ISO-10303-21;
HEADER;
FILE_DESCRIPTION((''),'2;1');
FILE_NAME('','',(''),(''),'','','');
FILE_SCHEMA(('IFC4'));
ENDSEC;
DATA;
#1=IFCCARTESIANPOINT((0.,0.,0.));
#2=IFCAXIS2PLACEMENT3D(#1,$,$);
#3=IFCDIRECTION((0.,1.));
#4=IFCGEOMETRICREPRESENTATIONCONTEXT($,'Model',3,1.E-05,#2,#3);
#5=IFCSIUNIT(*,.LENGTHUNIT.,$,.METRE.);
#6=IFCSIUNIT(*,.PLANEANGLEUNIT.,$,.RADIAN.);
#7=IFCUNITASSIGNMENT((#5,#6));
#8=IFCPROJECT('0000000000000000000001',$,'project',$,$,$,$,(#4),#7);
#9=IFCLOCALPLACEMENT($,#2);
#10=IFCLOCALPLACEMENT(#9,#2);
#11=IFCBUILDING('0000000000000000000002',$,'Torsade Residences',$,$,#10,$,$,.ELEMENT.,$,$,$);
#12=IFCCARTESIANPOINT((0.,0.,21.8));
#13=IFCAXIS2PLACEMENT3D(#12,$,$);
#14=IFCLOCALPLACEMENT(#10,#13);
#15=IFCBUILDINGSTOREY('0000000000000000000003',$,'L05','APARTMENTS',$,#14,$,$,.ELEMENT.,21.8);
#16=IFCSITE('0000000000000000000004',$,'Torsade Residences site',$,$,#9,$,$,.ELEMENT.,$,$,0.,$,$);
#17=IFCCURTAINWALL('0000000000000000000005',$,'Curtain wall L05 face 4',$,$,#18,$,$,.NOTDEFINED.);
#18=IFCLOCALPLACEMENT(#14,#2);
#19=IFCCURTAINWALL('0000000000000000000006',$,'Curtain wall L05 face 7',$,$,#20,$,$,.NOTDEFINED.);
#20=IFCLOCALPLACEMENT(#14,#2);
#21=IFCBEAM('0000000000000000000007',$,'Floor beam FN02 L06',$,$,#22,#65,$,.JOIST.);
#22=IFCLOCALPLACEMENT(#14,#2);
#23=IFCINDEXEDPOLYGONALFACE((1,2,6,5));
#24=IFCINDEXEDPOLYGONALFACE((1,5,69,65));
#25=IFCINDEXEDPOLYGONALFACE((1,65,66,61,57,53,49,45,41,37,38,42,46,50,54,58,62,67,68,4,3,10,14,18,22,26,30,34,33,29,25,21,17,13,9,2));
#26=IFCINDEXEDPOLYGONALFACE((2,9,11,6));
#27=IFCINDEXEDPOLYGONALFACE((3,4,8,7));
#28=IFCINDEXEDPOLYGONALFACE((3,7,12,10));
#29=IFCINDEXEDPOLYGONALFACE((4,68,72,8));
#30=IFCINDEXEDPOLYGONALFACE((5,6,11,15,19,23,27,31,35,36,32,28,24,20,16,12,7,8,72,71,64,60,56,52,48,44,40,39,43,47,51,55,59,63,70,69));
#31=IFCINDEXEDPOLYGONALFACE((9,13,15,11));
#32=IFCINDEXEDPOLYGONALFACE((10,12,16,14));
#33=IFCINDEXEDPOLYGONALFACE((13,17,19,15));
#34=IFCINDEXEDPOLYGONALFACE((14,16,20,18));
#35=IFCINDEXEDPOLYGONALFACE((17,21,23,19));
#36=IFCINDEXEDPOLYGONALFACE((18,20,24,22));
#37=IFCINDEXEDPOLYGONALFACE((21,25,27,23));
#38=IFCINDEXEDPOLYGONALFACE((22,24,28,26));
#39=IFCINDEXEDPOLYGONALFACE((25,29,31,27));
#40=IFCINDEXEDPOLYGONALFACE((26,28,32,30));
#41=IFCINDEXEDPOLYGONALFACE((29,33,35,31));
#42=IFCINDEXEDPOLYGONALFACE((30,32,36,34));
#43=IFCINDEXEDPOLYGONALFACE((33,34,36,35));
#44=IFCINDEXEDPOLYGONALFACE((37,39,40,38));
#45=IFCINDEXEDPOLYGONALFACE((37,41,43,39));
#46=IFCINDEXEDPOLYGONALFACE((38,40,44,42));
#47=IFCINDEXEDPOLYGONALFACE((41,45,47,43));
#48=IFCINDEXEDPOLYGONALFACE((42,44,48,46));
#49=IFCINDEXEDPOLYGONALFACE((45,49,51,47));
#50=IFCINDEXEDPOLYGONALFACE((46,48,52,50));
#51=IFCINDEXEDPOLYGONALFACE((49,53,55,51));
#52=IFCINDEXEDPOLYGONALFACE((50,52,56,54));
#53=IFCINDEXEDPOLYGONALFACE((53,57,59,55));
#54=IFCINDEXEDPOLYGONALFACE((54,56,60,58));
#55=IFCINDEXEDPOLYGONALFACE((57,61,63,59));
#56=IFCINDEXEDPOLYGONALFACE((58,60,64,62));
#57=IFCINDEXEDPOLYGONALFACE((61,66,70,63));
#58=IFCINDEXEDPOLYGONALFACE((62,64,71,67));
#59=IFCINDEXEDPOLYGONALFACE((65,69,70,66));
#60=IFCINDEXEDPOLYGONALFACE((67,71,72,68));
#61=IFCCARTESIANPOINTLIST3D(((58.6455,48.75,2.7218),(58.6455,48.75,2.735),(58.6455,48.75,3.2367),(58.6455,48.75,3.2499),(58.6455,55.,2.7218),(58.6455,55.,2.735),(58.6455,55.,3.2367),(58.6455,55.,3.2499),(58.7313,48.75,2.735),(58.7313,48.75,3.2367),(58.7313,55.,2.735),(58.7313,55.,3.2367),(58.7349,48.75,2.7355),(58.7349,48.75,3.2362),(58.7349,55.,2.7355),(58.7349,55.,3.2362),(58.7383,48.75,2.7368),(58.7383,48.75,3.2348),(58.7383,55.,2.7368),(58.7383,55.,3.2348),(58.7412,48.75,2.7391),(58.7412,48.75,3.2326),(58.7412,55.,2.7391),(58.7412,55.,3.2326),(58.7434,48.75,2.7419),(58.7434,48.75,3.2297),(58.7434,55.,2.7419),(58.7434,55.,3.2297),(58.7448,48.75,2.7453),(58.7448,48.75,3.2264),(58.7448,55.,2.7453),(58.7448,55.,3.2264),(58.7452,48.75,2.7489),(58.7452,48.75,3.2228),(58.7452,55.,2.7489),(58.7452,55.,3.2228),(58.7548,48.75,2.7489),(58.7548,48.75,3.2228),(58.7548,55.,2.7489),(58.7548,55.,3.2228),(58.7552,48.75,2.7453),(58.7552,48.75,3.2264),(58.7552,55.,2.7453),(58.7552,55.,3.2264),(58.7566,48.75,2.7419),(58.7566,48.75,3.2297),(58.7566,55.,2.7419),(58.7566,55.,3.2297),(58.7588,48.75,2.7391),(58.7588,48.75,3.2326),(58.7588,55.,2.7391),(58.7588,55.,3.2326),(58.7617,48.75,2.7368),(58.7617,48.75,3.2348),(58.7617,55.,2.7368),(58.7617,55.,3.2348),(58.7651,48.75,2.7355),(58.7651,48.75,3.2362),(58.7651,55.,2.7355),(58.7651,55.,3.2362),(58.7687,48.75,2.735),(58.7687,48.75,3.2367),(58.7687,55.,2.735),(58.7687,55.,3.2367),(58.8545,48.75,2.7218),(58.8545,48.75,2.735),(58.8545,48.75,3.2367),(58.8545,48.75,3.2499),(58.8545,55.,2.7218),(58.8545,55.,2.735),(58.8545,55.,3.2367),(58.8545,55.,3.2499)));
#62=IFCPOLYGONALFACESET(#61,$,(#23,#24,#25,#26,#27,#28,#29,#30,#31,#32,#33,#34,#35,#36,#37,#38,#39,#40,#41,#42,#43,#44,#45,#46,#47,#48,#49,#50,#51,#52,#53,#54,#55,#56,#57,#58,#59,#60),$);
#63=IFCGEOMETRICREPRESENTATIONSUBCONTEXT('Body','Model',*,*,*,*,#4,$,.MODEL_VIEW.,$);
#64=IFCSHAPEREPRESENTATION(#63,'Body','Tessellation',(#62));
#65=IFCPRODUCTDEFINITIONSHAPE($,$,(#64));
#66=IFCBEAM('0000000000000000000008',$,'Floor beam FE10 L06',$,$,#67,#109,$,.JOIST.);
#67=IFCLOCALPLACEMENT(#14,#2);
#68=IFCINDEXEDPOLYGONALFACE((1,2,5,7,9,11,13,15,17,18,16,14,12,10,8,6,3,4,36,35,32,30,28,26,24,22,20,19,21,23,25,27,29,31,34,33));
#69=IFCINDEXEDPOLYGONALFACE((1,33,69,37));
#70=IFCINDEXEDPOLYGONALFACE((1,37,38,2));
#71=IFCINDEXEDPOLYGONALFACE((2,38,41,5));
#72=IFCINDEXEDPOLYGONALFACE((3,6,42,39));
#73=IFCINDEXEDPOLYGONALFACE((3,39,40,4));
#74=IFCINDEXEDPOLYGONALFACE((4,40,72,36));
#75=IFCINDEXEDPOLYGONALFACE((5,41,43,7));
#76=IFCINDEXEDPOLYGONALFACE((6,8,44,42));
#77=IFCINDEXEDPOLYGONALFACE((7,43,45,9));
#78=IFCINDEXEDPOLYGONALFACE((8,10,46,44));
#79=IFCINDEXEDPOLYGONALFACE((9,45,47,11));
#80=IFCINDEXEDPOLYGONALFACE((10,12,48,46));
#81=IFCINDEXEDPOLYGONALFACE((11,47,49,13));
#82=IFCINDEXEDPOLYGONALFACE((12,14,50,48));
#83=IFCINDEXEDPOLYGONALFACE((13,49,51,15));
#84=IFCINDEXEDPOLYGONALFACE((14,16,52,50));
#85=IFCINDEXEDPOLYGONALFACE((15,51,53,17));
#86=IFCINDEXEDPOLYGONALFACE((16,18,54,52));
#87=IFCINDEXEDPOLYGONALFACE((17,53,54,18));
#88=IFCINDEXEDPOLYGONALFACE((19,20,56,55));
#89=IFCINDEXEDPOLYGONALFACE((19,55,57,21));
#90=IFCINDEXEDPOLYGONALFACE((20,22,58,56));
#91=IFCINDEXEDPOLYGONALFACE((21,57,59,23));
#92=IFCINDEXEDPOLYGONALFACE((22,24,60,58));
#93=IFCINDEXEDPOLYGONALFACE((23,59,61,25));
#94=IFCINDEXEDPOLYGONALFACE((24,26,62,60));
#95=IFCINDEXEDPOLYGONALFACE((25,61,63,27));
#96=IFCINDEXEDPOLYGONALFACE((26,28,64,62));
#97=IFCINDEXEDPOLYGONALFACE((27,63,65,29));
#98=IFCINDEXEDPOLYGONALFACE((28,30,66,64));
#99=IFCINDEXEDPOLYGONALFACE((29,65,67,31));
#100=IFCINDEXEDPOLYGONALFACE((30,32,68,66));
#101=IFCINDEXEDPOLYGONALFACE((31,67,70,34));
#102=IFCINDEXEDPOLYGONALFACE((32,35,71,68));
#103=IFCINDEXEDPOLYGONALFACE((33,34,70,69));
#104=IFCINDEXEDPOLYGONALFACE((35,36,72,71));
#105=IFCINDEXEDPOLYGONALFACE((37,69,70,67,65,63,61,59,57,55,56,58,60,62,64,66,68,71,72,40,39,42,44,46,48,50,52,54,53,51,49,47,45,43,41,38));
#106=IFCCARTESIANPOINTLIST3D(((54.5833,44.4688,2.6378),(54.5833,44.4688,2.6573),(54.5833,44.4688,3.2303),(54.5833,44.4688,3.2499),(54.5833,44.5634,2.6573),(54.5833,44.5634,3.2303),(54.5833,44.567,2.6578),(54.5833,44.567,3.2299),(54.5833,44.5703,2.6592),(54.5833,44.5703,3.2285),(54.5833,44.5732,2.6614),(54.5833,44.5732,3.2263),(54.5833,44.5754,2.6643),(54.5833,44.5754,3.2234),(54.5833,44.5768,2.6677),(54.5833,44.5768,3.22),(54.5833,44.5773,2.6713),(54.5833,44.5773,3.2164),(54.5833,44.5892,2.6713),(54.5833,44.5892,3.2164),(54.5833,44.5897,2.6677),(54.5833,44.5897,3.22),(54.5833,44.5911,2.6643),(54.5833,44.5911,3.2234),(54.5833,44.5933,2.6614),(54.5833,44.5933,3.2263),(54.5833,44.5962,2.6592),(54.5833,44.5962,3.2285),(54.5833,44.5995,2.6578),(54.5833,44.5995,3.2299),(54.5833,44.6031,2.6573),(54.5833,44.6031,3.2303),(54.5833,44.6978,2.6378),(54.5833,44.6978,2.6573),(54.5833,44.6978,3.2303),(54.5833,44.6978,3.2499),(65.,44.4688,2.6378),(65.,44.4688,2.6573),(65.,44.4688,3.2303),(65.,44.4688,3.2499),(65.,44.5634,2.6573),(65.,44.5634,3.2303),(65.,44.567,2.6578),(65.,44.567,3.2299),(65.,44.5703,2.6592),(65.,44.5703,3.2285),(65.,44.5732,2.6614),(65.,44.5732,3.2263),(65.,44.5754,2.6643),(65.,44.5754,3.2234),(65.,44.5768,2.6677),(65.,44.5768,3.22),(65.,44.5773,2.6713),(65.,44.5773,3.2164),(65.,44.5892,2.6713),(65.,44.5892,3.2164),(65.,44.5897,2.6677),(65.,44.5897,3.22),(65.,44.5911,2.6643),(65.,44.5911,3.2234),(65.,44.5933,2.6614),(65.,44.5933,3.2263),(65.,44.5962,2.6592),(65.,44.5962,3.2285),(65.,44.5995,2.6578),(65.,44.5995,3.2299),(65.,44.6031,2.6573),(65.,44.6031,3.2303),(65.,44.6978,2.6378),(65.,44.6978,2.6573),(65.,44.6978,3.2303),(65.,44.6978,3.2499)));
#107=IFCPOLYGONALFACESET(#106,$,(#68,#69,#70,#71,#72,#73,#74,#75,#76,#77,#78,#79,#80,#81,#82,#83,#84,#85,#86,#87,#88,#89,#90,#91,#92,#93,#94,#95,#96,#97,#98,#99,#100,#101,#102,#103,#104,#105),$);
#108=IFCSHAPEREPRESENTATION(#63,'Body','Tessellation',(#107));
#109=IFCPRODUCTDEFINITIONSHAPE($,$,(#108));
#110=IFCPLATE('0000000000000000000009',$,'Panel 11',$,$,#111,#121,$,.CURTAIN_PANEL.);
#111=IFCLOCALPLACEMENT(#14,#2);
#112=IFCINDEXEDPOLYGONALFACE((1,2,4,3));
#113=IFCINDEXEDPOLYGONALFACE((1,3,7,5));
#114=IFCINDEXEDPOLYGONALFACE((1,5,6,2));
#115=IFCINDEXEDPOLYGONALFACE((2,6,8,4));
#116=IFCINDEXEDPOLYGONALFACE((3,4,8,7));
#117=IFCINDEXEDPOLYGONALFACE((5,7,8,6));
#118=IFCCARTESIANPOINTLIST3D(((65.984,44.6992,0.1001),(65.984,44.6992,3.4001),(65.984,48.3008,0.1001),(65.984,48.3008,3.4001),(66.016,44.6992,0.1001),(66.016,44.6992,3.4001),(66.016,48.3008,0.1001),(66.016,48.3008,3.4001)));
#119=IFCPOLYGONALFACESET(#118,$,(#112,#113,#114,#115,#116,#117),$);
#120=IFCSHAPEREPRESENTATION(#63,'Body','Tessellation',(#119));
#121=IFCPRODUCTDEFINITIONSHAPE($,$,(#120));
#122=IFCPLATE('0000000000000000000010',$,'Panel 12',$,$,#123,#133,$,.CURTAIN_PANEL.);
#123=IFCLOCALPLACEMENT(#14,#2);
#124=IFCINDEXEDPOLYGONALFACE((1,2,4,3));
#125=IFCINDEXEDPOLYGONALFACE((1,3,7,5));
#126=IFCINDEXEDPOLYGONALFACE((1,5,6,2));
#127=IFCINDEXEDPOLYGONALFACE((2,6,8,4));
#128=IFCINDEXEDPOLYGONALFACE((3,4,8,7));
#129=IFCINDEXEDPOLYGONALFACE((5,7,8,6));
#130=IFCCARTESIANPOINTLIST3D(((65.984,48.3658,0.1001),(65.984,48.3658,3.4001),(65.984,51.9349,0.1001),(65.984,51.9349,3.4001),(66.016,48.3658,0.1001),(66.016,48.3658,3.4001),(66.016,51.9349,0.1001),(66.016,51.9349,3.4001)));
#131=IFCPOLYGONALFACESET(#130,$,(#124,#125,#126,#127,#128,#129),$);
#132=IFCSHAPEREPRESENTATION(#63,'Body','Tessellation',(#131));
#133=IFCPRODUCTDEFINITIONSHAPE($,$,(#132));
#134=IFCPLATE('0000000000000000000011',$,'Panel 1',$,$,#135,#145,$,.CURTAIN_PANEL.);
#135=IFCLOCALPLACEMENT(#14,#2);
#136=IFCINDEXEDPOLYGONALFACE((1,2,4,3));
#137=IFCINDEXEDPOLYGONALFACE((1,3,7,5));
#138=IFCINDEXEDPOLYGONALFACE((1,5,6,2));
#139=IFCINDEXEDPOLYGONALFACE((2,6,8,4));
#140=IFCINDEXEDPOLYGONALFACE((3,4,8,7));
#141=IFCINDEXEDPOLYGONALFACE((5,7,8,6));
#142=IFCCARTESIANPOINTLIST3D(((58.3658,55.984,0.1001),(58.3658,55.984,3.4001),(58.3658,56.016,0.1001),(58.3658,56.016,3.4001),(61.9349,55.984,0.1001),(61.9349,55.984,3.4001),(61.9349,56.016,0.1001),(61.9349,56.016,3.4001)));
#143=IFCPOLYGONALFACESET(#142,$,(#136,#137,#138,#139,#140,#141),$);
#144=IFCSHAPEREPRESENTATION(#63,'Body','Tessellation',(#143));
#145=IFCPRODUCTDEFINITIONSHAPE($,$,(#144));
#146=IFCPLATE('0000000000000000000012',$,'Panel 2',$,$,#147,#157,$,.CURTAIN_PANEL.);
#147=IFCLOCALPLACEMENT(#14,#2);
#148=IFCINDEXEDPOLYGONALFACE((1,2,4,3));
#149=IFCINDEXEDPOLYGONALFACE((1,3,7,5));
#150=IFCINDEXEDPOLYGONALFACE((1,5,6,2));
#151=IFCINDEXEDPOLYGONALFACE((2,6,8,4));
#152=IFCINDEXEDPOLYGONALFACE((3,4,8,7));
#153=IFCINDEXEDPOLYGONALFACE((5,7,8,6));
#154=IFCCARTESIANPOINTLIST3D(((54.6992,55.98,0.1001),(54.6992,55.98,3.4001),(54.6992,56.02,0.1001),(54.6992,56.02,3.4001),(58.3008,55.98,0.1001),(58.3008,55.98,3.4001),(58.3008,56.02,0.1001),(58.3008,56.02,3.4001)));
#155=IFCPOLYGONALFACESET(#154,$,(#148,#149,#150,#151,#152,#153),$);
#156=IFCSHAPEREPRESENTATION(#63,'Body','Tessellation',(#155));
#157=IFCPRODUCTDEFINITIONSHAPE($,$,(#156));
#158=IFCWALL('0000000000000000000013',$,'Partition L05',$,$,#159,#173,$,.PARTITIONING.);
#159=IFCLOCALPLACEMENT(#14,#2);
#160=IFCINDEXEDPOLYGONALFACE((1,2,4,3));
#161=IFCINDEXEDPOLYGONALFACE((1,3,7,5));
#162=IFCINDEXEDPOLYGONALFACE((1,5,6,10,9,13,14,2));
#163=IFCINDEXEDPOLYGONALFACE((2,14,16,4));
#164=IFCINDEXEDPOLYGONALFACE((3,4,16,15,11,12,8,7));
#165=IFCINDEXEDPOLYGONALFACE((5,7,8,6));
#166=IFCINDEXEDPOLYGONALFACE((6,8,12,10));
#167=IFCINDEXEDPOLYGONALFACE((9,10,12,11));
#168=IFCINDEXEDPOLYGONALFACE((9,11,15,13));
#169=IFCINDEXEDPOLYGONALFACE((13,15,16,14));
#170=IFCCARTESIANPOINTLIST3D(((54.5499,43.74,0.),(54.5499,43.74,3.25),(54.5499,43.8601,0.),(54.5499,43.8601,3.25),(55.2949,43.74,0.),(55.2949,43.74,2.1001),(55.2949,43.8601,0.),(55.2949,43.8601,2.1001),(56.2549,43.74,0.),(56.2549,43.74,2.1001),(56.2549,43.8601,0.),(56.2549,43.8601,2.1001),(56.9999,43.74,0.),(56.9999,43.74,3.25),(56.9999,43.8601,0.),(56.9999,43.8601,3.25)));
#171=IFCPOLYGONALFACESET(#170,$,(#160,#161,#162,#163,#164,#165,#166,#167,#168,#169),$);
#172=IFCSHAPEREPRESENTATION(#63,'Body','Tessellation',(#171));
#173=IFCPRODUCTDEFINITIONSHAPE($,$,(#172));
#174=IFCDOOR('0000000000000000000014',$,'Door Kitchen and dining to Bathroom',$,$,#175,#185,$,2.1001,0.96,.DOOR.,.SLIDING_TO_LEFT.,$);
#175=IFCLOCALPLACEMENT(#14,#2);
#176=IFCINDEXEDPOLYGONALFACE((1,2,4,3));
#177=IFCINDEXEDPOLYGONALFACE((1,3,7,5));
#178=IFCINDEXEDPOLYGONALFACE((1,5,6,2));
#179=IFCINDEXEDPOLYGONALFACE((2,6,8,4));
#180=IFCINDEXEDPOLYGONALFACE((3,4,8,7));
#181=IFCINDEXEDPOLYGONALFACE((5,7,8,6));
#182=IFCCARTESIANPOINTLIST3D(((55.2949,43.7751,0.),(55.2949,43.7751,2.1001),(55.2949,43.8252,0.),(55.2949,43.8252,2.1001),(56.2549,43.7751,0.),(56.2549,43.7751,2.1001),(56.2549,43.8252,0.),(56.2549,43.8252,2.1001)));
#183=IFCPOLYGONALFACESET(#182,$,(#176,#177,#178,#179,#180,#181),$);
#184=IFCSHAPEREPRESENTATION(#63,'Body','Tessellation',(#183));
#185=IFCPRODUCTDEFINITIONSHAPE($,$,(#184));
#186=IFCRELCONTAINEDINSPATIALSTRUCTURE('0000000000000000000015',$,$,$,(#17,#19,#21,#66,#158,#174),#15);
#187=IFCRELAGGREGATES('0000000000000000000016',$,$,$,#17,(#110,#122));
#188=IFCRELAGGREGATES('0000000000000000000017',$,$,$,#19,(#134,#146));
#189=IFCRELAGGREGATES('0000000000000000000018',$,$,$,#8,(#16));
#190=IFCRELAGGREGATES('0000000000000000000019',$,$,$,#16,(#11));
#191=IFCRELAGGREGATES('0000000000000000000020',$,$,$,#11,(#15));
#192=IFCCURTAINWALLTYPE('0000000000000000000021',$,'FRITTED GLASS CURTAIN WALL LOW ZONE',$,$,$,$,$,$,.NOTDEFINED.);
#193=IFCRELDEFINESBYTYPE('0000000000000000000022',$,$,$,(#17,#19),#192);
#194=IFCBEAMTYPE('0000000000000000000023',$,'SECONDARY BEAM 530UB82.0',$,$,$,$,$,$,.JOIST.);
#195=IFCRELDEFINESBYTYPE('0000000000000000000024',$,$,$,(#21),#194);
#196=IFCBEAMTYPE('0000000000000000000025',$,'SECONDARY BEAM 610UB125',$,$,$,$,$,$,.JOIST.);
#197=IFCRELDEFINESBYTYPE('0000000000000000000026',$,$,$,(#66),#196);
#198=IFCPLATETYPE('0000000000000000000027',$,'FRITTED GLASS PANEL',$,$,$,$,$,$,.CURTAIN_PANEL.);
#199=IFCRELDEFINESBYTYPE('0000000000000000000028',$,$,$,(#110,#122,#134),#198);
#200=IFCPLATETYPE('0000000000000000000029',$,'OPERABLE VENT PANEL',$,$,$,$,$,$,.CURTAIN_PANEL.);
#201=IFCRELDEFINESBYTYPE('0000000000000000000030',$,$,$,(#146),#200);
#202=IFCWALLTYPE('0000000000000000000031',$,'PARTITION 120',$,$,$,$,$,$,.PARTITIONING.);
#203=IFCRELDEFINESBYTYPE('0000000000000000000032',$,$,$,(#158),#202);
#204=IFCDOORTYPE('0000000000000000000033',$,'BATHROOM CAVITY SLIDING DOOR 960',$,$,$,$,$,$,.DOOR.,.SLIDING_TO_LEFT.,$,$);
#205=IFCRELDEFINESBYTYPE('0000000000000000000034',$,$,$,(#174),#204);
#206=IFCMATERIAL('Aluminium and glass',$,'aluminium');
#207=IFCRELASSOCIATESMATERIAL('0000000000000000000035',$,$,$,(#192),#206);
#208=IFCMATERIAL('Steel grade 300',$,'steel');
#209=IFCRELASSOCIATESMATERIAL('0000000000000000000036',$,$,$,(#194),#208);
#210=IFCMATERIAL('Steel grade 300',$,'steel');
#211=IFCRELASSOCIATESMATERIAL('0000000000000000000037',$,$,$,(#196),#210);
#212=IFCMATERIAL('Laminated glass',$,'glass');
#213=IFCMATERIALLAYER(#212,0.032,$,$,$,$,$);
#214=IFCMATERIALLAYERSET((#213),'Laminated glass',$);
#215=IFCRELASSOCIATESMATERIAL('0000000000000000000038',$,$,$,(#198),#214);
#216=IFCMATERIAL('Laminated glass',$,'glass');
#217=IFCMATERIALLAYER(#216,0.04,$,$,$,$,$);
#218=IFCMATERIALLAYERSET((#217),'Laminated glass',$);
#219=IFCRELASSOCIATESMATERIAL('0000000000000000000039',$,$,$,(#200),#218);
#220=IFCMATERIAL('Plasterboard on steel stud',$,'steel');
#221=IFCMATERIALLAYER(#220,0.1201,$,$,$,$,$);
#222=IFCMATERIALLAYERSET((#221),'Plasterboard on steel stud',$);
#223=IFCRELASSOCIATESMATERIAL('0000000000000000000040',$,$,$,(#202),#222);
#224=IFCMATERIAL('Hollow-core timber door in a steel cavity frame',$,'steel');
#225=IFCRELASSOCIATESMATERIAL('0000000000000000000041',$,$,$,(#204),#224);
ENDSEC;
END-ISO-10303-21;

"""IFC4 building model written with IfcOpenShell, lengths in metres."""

from ifc_helpers import new_model, si_unit, direction, frame, frame_2d, origin, origin_2d, place, context, subcontext, project, spatial, rectangle, i_section, extrude, material, layer, layer_set, material_profile, profile_set, type_object, element, fill, aggregate, save


model = new_model("IFC4")

# Units and contexts
model_context = context("Model", 3, precision=1e-05, world=origin(), true_north=direction((0.0, 1.0)))
body_context = subcontext(model_context, "Body", "Model", "MODEL_VIEW")
ifc_project = project(units=[si_unit("LENGTHUNIT", "METRE"), si_unit("PLANEANGLEUNIT", "RADIAN")], contexts=[model_context])

# Site, building, storey
site_placement = place(None, origin())
site = spatial("IfcSite", under=ifc_project, at=site_placement, Name="Torsade Residences site", CompositionType="ELEMENT", RefElevation=0.0)
building_placement = place(site_placement, origin())
building = spatial("IfcBuilding", under=site, at=building_placement, Name="Torsade Residences", CompositionType="ELEMENT")
storey_placement = place(building_placement, frame((0.0, 0.0, 21.8)))
storey = spatial("IfcBuildingStorey", under=building, at=storey_placement, Name="L05", Description="APARTMENTS", CompositionType="ELEMENT", Elevation=21.8)

# Curtain walls
ifc_material_1 = material(Name="Aluminium and glass", Category="aluminium")
curtain_wall_type = type_object("IfcCurtainWallType", Name="FRITTED GLASS CURTAIN WALL LOW ZONE", PredefinedType="NOTDEFINED", material=ifc_material_1)
curtain_wall_1_placement = place(storey_placement, origin())
curtain_wall_1 = element("IfcCurtainWall", 1, at=curtain_wall_1_placement, inside=storey, type_object=curtain_wall_type, Name="Curtain wall L05 face 4", PredefinedType="NOTDEFINED")
curtain_wall_2_placement = place(storey_placement, origin())
curtain_wall_2 = element("IfcCurtainWall", 2, at=curtain_wall_2_placement, inside=storey, type_object=curtain_wall_type, Name="Curtain wall L05 face 7", PredefinedType="NOTDEFINED")

# Beams
ifc_material_2 = material(Name="Steel grade 300", Category="steel")
ifc_material_profile_1 = material_profile(ifc_material_2, i_section(OverallWidth=0.209, OverallDepth=0.5281, WebThickness=0.0095, FlangeThickness=0.0132, FilletRadius=0.0139, at=origin_2d()), Name="530UB82.0")
ifc_profile_set_1 = profile_set([ifc_material_profile_1], Name="Steel grade 300")
beam_type_1 = type_object("IfcBeamType", Name="SECONDARY BEAM 530UB82.0", PredefinedType="JOIST", material=ifc_profile_set_1)
beam_1_placement = place(storey_placement, frame((58.75, 55.0, 2.9858), z_axis=(0.0, -1.0, 0.0), x_axis=(1.0, 0.0, 0.0)))
element("IfcBeam", 3, at=beam_1_placement, inside=storey, type_object=beam_type_1, Name="Floor beam FN02 L06", PredefinedType="JOIST", context=body_context, shape_type="SweptSolid", body=[
    extrude(i_section(OverallWidth=0.209, OverallDepth=0.5281, WebThickness=0.0095, FlangeThickness=0.0132, FilletRadius=0.0139, at=origin_2d()), origin(), (0.0, 0.0, 1.0), 6.25),
])
ifc_material_3 = material(Name="Steel grade 300", Category="steel")
ifc_material_profile_2 = material_profile(ifc_material_3, i_section(OverallWidth=0.229, OverallDepth=0.6121, WebThickness=0.012, FlangeThickness=0.0195, FilletRadius=0.0139, at=origin_2d()), Name="610UB125")
ifc_profile_set_2 = profile_set([ifc_material_profile_2], Name="Steel grade 300")
beam_type_2 = type_object("IfcBeamType", Name="SECONDARY BEAM 610UB125", PredefinedType="JOIST", material=ifc_profile_set_2)
beam_2_placement = place(storey_placement, frame((65.0, 44.5833, 2.9438), z_axis=(-1.0, 0.0, 0.0), x_axis=(0.0, -1.0, 0.0)))
element("IfcBeam", 4, at=beam_2_placement, inside=storey, type_object=beam_type_2, Name="Floor beam FE10 L06", PredefinedType="JOIST", context=body_context, shape_type="SweptSolid", body=[
    extrude(i_section(OverallWidth=0.229, OverallDepth=0.6121, WebThickness=0.012, FlangeThickness=0.0195, FilletRadius=0.0139, at=origin_2d()), origin(), (0.0, 0.0, 1.0), 10.4167),
])

# Plates
ifc_material_4 = material(Name="Laminated glass", Category="glass")
ifc_layer_1 = layer(ifc_material_4, 0.032)
ifc_layer_set_1 = layer_set([ifc_layer_1], Name="Laminated glass")
plate_type_1 = type_object("IfcPlateType", Name="FRITTED GLASS PANEL", PredefinedType="CURTAIN_PANEL", material=ifc_layer_set_1)
plate_1_placement = place(storey_placement, frame((66.0, 46.5, 0.1001), z_axis=(0.0, 0.0, 1.0), x_axis=(0.0, 1.0, 0.0)))
plate_1 = element("IfcPlate", 5, at=plate_1_placement, type_object=plate_type_1, Name="Panel 11", PredefinedType="CURTAIN_PANEL", context=body_context, shape_type="SweptSolid", body=[
    extrude(rectangle(XDim=3.6016, YDim=0.032, at=origin_2d()), origin(), (0.0, 0.0, 1.0), 3.3),
])
plate_2_placement = place(storey_placement, frame((66.0, 50.1504, 0.1001), z_axis=(0.0, 0.0, 1.0), x_axis=(0.0, 1.0, 0.0)))
plate_2 = element("IfcPlate", 6, at=plate_2_placement, type_object=plate_type_1, Name="Panel 12", PredefinedType="CURTAIN_PANEL", context=body_context, shape_type="SweptSolid", body=[
    extrude(rectangle(XDim=3.5691, YDim=0.032, at=origin_2d()), origin(), (0.0, 0.0, 1.0), 3.3),
])
aggregate(curtain_wall_1, [plate_1, plate_2])
plate_3_placement = place(storey_placement, frame((60.1504, 56.0, 0.1001), z_axis=(0.0, 0.0, 1.0), x_axis=(-1.0, 0.0, 0.0)))
plate_3 = element("IfcPlate", 7, at=plate_3_placement, type_object=plate_type_1, Name="Panel 1", PredefinedType="CURTAIN_PANEL", context=body_context, shape_type="SweptSolid", body=[
    extrude(rectangle(XDim=3.5691, YDim=0.032, at=origin_2d()), origin(), (0.0, 0.0, 1.0), 3.3),
])
ifc_material_5 = material(Name="Laminated glass", Category="glass")
ifc_layer_2 = layer(ifc_material_5, 0.04)
ifc_layer_set_2 = layer_set([ifc_layer_2], Name="Laminated glass")
plate_type_2 = type_object("IfcPlateType", Name="OPERABLE VENT PANEL", PredefinedType="CURTAIN_PANEL", material=ifc_layer_set_2)
plate_4_placement = place(storey_placement, frame((56.5, 56.0, 0.1001), z_axis=(0.0, 0.0, 1.0), x_axis=(-1.0, 0.0, 0.0)))
plate_4 = element("IfcPlate", 8, at=plate_4_placement, type_object=plate_type_2, Name="Panel 2", PredefinedType="CURTAIN_PANEL", context=body_context, shape_type="SweptSolid", body=[
    extrude(rectangle(XDim=3.6016, YDim=0.04, at=origin_2d()), origin(), (0.0, 0.0, 1.0), 3.3),
])
aggregate(curtain_wall_2, [plate_3, plate_4])

# Wall, opening, door
ifc_material_6 = material(Name="Plasterboard on steel stud", Category="steel")
ifc_layer_3 = layer(ifc_material_6, 0.1201)
ifc_layer_set_3 = layer_set([ifc_layer_3], Name="Plasterboard on steel stud")
wall_type_1 = type_object("IfcWallType", Name="PARTITION 120", PredefinedType="PARTITIONING", material=ifc_layer_set_3)
wall_1_placement = place(storey_placement, frame((57.0, 43.8, 0.0), z_axis=(0.0, 0.0, 1.0), x_axis=(-1.0, 0.0, 0.0)))
wall_1 = element("IfcWall", 9, at=wall_1_placement, inside=storey, type_object=wall_type_1, Name="Partition L05", PredefinedType="PARTITIONING", context=body_context, shape_type="SweptSolid", body=[
    extrude(rectangle(XDim=2.45, YDim=0.1201, at=frame_2d((1.2251, 0.0))), origin(), (0.0, 0.0, 1.0), 3.25),
])
opening_1_placement = place(wall_1_placement, frame((0.7451, 0.0, 0.0)))
opening_1 = element("IfcOpeningElement", 10, at=opening_1_placement, cuts=wall_1, PredefinedType="OPENING", context=body_context, shape_type="SweptSolid", body=[
    extrude(rectangle(XDim=0.96, YDim=2.1001, at=frame_2d((0.48, 1.05))), frame((0.0, 0.0701, 0.0), z_axis=(0.0, -1.0, 0.0), x_axis=(1.0, 0.0, 0.0)), (0.0, 0.0, 1.0), 0.1401),
])
ifc_material_7 = material(Name="Hollow-core timber door in a steel cavity frame", Category="steel")
door_type_1 = type_object("IfcDoorType", Name="BATHROOM CAVITY SLIDING DOOR 960", OperationType="SLIDING_TO_LEFT", PredefinedType="DOOR", material=ifc_material_7)
door_1_placement = place(opening_1_placement, origin())
door_1 = element("IfcDoor", 11, at=door_1_placement, inside=storey, type_object=door_type_1, Name="Door Kitchen and dining to Bathroom", OperationType="SLIDING_TO_LEFT", OverallHeight=2.1001, OverallWidth=0.96, PredefinedType="DOOR", context=body_context, shape_type="SweptSolid", body=[
    extrude(rectangle(XDim=0.96, YDim=2.1001, at=frame_2d((0.48, 1.05))), frame((0.0, 0.0249, 0.0), z_axis=(0.0, -1.0, 0.0), x_axis=(1.0, 0.0, 0.0)), (0.0, 0.0, 1.0), 0.05),
])
fill(opening_1, door_1)

save(model, "model.ifc")
